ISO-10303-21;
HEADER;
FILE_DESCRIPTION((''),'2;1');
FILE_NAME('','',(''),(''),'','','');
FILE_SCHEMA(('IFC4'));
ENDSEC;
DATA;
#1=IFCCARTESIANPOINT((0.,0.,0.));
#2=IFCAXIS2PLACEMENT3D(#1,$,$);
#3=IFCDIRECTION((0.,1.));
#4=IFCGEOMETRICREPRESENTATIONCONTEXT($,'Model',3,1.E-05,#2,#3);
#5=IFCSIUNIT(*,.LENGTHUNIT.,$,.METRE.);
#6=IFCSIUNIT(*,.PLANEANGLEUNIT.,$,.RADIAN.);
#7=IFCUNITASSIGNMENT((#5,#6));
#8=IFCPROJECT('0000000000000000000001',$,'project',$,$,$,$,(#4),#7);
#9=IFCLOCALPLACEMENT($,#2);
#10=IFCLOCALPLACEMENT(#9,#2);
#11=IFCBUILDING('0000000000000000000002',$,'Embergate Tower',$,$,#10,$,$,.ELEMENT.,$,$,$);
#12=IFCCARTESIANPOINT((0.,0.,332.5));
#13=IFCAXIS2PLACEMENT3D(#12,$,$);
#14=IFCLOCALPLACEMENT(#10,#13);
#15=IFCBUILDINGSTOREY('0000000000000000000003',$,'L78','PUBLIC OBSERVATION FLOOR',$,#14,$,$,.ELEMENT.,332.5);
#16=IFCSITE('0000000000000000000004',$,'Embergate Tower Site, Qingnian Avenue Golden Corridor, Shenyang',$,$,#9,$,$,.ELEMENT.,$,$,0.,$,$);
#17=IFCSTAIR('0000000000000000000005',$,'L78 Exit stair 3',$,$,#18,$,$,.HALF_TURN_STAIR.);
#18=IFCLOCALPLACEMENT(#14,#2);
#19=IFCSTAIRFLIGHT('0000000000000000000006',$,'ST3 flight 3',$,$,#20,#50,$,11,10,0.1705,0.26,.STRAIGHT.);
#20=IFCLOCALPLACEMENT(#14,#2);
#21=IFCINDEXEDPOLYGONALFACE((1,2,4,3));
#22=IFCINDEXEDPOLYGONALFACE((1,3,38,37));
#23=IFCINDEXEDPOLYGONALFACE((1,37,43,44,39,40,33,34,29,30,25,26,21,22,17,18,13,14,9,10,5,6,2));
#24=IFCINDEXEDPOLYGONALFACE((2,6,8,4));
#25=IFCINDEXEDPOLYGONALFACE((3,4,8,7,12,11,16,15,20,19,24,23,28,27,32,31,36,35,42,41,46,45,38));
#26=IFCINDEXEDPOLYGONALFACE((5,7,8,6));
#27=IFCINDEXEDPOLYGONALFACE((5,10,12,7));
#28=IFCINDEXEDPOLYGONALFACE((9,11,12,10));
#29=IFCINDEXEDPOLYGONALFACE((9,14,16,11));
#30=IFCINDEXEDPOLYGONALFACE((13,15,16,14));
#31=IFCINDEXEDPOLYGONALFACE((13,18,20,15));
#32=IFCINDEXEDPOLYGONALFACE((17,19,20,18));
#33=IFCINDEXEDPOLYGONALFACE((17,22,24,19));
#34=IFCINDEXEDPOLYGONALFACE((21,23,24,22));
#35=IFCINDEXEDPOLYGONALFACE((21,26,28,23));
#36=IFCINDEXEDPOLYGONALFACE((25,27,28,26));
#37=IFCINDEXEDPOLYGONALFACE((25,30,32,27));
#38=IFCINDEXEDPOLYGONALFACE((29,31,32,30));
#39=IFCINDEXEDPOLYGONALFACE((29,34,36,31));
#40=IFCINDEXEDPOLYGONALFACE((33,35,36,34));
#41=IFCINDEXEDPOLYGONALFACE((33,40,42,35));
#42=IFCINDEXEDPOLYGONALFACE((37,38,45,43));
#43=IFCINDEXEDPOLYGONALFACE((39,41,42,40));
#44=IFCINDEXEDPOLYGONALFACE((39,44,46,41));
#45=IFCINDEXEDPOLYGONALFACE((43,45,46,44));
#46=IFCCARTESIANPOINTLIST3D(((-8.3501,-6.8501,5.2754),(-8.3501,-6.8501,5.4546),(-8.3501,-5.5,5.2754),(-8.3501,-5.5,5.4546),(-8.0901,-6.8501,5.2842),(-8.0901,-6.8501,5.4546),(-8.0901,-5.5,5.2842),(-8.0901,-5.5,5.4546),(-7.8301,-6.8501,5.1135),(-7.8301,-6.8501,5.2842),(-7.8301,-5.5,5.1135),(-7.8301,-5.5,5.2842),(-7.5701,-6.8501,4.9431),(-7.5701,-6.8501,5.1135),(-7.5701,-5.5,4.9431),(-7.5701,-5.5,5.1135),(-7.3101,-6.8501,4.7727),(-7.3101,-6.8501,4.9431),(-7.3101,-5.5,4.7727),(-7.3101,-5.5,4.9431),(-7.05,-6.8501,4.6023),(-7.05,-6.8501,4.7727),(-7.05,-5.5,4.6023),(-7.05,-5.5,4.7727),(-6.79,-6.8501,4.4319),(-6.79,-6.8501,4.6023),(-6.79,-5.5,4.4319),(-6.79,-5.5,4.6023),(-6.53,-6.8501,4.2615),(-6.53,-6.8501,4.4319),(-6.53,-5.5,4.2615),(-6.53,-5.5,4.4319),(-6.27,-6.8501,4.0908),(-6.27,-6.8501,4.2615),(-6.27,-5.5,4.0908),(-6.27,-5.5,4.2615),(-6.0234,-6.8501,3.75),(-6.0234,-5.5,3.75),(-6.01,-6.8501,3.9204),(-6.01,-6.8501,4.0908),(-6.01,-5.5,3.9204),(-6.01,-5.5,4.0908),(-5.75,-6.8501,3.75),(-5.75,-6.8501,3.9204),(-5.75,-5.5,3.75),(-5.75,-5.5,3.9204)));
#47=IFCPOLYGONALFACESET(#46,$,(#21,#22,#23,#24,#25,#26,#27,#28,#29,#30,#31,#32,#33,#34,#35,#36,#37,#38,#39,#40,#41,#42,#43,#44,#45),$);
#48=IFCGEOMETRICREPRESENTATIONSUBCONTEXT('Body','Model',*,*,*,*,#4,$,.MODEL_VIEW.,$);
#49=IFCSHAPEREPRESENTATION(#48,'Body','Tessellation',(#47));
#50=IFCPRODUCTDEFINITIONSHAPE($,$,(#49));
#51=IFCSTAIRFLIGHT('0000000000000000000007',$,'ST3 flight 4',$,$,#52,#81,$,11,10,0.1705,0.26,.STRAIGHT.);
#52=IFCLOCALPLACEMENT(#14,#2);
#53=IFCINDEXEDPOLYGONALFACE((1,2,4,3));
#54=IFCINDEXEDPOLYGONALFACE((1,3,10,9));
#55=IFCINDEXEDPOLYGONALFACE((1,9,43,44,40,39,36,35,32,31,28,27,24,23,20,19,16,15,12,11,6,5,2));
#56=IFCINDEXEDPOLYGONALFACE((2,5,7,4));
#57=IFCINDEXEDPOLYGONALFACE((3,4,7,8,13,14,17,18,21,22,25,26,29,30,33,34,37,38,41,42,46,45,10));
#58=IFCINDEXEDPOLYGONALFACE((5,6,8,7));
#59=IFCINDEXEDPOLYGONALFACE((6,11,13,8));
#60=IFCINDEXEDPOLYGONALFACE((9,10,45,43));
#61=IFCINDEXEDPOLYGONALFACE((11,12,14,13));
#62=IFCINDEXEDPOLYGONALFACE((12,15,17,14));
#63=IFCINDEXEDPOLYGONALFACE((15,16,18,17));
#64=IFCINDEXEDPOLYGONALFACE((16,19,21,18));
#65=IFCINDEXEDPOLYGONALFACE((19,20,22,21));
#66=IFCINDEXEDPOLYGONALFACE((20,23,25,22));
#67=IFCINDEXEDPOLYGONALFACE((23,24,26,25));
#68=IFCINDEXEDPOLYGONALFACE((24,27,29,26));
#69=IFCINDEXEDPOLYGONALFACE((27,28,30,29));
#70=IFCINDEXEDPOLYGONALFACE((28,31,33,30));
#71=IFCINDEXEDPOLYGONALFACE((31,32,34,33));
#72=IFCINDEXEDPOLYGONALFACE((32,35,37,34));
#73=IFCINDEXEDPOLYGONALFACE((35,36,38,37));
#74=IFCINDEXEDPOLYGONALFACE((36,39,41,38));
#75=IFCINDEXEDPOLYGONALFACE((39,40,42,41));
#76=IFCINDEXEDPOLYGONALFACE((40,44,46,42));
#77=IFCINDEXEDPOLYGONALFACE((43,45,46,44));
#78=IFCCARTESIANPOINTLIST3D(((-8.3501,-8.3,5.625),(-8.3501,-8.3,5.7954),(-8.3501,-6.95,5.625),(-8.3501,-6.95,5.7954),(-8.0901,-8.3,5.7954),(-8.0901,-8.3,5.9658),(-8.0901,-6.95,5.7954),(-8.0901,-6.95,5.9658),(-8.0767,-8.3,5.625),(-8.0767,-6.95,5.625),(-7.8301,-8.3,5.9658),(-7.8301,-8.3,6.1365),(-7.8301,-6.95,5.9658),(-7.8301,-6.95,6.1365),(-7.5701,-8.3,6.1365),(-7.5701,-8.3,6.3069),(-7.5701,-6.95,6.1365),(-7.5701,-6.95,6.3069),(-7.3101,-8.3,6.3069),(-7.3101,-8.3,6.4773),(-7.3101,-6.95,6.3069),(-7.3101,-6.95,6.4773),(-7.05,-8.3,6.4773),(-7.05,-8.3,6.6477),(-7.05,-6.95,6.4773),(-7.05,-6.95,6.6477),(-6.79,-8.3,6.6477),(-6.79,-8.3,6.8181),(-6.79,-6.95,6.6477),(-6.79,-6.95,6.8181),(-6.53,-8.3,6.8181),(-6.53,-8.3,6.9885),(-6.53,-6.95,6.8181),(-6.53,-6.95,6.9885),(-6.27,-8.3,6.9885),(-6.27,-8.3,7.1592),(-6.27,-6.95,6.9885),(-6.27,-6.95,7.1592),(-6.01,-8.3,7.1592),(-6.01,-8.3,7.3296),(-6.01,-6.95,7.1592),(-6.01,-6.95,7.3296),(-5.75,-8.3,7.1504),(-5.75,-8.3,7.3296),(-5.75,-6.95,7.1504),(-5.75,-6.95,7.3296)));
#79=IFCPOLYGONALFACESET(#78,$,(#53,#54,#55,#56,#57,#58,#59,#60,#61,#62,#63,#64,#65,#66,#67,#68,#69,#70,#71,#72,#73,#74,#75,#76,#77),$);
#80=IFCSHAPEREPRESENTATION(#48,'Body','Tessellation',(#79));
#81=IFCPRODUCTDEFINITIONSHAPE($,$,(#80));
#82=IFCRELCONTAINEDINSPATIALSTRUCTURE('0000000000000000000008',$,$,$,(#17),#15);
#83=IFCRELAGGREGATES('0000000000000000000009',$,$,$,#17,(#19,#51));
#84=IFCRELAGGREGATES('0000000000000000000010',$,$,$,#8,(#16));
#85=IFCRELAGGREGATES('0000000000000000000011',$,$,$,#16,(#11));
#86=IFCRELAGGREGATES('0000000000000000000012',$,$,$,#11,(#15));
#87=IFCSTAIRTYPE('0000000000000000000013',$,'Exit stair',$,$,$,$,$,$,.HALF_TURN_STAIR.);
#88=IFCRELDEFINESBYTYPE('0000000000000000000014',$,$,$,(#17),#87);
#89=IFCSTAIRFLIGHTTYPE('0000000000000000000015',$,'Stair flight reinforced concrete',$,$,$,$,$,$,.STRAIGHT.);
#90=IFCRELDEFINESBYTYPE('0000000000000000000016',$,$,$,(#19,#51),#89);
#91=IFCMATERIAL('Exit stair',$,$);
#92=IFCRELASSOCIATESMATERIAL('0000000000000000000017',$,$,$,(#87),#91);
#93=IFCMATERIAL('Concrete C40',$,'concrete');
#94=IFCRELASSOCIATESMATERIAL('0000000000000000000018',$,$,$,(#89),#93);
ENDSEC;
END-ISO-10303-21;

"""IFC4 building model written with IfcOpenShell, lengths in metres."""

from ifc_helpers import new_model, si_unit, direction, frame, origin, place, context, subcontext, project, spatial, polyline, outline, extrude, source, transform, mapped, material, type_object, element, aggregate, save


model = new_model("IFC4")

# Units and contexts
model_context = context("Model", 3, precision=1e-05, world=origin(), true_north=direction((0.0, 1.0)))
body_context = subcontext(model_context, "Body", "Model", "MODEL_VIEW")
ifc_project = project(units=[si_unit("LENGTHUNIT", "METRE"), si_unit("PLANEANGLEUNIT", "RADIAN")], contexts=[model_context])

# Site, building, storey
site_placement = place(None, origin())
site = spatial("IfcSite", under=ifc_project, at=site_placement, Name="Embergate Tower Site, Qingnian Avenue Golden Corridor, Shenyang", CompositionType="ELEMENT", RefElevation=0.0)
building_placement = place(site_placement, origin())
building = spatial("IfcBuilding", under=site, at=building_placement, Name="Embergate Tower", CompositionType="ELEMENT")
storey_placement = place(building_placement, frame((0.0, 0.0, 332.5)))
storey = spatial("IfcBuildingStorey", under=building, at=storey_placement, Name="L78", Description="PUBLIC OBSERVATION FLOOR", CompositionType="ELEMENT", Elevation=332.5)

# Stair
ifc_material_1 = material(Name="Exit stair")
stair_type = type_object("IfcStairType", Name="Exit stair", PredefinedType="HALF_TURN_STAIR", material=ifc_material_1)
stair_placement = place(storey_placement, origin())
stair = element("IfcStair", 1, at=stair_placement, inside=storey, type_object=stair_type, Name="L78 Exit stair 3", PredefinedType="HALF_TURN_STAIR")
ifc_material_2 = material(Name="Concrete C40", Category="concrete")

# Stair flights
stair_flight_type = type_object("IfcStairFlightType", Name="Stair flight reinforced concrete", PredefinedType="STRAIGHT", material=ifc_material_2)
shared_shape_1 = source(origin(), body_context, "Body", "SweptSolid", [
    extrude(outline(polyline([(0.0, 0.0), (0.0, 0.1704), (0.26, 0.1704), (0.26, 0.3408), (0.52, 0.3408), (0.52, 0.5115), (0.78, 0.5115), (0.78, 0.6819), (1.04, 0.6819), (1.04, 0.8523), (1.3, 0.8523), (1.3, 1.0227), (1.5601, 1.0227), (1.5601, 1.1931), (1.8201, 1.1931), (1.8201, 1.3635), (2.0801, 1.3635), (2.0801, 1.5342), (2.3401, 1.5342), (2.3401, 1.7046), (2.6001, 1.7046), (2.6001, 1.875), (2.6001, 1.5254), (0.2734, 0.0), (0.0, 0.0)])), frame((0.0, 0.675, 0.0), z_axis=(0.0, -1.0, 0.0), x_axis=(1.0, 0.0, 0.0)), (0.0, 0.0, 1.0), 1.3501),
])
stair_flight_1_placement = place(storey_placement, frame((-5.75, -6.175, 3.75), z_axis=(0.0, 0.0, 1.0), x_axis=(-1.0, 0.0, 0.0)))
stair_flight_1 = element("IfcStairFlight", 2, at=stair_flight_1_placement, type_object=stair_flight_type, Name="ST3 flight 3", NumberOfRisers=11, NumberOfTreads=10, PredefinedType="STRAIGHT", RiserHeight=0.1705, TreadLength=0.26, context=body_context, shape_type="MappedRepresentation", body=[
    mapped(shared_shape_1, transform((0.0, 0.0, 0.0))),
])
stair_flight_2_placement = place(storey_placement, frame((-8.3501, -7.625, 5.625), z_axis=(0.0, 0.0, 1.0), x_axis=(1.0, 0.0, 0.0)))
stair_flight_2 = element("IfcStairFlight", 3, at=stair_flight_2_placement, type_object=stair_flight_type, Name="ST3 flight 4", NumberOfRisers=11, NumberOfTreads=10, PredefinedType="STRAIGHT", RiserHeight=0.1705, TreadLength=0.26, context=body_context, shape_type="MappedRepresentation", body=[
    mapped(shared_shape_1, transform((0.0, 0.0, 0.0))),
])
aggregate(stair, [stair_flight_1, stair_flight_2])

save(model, "model.ifc")
